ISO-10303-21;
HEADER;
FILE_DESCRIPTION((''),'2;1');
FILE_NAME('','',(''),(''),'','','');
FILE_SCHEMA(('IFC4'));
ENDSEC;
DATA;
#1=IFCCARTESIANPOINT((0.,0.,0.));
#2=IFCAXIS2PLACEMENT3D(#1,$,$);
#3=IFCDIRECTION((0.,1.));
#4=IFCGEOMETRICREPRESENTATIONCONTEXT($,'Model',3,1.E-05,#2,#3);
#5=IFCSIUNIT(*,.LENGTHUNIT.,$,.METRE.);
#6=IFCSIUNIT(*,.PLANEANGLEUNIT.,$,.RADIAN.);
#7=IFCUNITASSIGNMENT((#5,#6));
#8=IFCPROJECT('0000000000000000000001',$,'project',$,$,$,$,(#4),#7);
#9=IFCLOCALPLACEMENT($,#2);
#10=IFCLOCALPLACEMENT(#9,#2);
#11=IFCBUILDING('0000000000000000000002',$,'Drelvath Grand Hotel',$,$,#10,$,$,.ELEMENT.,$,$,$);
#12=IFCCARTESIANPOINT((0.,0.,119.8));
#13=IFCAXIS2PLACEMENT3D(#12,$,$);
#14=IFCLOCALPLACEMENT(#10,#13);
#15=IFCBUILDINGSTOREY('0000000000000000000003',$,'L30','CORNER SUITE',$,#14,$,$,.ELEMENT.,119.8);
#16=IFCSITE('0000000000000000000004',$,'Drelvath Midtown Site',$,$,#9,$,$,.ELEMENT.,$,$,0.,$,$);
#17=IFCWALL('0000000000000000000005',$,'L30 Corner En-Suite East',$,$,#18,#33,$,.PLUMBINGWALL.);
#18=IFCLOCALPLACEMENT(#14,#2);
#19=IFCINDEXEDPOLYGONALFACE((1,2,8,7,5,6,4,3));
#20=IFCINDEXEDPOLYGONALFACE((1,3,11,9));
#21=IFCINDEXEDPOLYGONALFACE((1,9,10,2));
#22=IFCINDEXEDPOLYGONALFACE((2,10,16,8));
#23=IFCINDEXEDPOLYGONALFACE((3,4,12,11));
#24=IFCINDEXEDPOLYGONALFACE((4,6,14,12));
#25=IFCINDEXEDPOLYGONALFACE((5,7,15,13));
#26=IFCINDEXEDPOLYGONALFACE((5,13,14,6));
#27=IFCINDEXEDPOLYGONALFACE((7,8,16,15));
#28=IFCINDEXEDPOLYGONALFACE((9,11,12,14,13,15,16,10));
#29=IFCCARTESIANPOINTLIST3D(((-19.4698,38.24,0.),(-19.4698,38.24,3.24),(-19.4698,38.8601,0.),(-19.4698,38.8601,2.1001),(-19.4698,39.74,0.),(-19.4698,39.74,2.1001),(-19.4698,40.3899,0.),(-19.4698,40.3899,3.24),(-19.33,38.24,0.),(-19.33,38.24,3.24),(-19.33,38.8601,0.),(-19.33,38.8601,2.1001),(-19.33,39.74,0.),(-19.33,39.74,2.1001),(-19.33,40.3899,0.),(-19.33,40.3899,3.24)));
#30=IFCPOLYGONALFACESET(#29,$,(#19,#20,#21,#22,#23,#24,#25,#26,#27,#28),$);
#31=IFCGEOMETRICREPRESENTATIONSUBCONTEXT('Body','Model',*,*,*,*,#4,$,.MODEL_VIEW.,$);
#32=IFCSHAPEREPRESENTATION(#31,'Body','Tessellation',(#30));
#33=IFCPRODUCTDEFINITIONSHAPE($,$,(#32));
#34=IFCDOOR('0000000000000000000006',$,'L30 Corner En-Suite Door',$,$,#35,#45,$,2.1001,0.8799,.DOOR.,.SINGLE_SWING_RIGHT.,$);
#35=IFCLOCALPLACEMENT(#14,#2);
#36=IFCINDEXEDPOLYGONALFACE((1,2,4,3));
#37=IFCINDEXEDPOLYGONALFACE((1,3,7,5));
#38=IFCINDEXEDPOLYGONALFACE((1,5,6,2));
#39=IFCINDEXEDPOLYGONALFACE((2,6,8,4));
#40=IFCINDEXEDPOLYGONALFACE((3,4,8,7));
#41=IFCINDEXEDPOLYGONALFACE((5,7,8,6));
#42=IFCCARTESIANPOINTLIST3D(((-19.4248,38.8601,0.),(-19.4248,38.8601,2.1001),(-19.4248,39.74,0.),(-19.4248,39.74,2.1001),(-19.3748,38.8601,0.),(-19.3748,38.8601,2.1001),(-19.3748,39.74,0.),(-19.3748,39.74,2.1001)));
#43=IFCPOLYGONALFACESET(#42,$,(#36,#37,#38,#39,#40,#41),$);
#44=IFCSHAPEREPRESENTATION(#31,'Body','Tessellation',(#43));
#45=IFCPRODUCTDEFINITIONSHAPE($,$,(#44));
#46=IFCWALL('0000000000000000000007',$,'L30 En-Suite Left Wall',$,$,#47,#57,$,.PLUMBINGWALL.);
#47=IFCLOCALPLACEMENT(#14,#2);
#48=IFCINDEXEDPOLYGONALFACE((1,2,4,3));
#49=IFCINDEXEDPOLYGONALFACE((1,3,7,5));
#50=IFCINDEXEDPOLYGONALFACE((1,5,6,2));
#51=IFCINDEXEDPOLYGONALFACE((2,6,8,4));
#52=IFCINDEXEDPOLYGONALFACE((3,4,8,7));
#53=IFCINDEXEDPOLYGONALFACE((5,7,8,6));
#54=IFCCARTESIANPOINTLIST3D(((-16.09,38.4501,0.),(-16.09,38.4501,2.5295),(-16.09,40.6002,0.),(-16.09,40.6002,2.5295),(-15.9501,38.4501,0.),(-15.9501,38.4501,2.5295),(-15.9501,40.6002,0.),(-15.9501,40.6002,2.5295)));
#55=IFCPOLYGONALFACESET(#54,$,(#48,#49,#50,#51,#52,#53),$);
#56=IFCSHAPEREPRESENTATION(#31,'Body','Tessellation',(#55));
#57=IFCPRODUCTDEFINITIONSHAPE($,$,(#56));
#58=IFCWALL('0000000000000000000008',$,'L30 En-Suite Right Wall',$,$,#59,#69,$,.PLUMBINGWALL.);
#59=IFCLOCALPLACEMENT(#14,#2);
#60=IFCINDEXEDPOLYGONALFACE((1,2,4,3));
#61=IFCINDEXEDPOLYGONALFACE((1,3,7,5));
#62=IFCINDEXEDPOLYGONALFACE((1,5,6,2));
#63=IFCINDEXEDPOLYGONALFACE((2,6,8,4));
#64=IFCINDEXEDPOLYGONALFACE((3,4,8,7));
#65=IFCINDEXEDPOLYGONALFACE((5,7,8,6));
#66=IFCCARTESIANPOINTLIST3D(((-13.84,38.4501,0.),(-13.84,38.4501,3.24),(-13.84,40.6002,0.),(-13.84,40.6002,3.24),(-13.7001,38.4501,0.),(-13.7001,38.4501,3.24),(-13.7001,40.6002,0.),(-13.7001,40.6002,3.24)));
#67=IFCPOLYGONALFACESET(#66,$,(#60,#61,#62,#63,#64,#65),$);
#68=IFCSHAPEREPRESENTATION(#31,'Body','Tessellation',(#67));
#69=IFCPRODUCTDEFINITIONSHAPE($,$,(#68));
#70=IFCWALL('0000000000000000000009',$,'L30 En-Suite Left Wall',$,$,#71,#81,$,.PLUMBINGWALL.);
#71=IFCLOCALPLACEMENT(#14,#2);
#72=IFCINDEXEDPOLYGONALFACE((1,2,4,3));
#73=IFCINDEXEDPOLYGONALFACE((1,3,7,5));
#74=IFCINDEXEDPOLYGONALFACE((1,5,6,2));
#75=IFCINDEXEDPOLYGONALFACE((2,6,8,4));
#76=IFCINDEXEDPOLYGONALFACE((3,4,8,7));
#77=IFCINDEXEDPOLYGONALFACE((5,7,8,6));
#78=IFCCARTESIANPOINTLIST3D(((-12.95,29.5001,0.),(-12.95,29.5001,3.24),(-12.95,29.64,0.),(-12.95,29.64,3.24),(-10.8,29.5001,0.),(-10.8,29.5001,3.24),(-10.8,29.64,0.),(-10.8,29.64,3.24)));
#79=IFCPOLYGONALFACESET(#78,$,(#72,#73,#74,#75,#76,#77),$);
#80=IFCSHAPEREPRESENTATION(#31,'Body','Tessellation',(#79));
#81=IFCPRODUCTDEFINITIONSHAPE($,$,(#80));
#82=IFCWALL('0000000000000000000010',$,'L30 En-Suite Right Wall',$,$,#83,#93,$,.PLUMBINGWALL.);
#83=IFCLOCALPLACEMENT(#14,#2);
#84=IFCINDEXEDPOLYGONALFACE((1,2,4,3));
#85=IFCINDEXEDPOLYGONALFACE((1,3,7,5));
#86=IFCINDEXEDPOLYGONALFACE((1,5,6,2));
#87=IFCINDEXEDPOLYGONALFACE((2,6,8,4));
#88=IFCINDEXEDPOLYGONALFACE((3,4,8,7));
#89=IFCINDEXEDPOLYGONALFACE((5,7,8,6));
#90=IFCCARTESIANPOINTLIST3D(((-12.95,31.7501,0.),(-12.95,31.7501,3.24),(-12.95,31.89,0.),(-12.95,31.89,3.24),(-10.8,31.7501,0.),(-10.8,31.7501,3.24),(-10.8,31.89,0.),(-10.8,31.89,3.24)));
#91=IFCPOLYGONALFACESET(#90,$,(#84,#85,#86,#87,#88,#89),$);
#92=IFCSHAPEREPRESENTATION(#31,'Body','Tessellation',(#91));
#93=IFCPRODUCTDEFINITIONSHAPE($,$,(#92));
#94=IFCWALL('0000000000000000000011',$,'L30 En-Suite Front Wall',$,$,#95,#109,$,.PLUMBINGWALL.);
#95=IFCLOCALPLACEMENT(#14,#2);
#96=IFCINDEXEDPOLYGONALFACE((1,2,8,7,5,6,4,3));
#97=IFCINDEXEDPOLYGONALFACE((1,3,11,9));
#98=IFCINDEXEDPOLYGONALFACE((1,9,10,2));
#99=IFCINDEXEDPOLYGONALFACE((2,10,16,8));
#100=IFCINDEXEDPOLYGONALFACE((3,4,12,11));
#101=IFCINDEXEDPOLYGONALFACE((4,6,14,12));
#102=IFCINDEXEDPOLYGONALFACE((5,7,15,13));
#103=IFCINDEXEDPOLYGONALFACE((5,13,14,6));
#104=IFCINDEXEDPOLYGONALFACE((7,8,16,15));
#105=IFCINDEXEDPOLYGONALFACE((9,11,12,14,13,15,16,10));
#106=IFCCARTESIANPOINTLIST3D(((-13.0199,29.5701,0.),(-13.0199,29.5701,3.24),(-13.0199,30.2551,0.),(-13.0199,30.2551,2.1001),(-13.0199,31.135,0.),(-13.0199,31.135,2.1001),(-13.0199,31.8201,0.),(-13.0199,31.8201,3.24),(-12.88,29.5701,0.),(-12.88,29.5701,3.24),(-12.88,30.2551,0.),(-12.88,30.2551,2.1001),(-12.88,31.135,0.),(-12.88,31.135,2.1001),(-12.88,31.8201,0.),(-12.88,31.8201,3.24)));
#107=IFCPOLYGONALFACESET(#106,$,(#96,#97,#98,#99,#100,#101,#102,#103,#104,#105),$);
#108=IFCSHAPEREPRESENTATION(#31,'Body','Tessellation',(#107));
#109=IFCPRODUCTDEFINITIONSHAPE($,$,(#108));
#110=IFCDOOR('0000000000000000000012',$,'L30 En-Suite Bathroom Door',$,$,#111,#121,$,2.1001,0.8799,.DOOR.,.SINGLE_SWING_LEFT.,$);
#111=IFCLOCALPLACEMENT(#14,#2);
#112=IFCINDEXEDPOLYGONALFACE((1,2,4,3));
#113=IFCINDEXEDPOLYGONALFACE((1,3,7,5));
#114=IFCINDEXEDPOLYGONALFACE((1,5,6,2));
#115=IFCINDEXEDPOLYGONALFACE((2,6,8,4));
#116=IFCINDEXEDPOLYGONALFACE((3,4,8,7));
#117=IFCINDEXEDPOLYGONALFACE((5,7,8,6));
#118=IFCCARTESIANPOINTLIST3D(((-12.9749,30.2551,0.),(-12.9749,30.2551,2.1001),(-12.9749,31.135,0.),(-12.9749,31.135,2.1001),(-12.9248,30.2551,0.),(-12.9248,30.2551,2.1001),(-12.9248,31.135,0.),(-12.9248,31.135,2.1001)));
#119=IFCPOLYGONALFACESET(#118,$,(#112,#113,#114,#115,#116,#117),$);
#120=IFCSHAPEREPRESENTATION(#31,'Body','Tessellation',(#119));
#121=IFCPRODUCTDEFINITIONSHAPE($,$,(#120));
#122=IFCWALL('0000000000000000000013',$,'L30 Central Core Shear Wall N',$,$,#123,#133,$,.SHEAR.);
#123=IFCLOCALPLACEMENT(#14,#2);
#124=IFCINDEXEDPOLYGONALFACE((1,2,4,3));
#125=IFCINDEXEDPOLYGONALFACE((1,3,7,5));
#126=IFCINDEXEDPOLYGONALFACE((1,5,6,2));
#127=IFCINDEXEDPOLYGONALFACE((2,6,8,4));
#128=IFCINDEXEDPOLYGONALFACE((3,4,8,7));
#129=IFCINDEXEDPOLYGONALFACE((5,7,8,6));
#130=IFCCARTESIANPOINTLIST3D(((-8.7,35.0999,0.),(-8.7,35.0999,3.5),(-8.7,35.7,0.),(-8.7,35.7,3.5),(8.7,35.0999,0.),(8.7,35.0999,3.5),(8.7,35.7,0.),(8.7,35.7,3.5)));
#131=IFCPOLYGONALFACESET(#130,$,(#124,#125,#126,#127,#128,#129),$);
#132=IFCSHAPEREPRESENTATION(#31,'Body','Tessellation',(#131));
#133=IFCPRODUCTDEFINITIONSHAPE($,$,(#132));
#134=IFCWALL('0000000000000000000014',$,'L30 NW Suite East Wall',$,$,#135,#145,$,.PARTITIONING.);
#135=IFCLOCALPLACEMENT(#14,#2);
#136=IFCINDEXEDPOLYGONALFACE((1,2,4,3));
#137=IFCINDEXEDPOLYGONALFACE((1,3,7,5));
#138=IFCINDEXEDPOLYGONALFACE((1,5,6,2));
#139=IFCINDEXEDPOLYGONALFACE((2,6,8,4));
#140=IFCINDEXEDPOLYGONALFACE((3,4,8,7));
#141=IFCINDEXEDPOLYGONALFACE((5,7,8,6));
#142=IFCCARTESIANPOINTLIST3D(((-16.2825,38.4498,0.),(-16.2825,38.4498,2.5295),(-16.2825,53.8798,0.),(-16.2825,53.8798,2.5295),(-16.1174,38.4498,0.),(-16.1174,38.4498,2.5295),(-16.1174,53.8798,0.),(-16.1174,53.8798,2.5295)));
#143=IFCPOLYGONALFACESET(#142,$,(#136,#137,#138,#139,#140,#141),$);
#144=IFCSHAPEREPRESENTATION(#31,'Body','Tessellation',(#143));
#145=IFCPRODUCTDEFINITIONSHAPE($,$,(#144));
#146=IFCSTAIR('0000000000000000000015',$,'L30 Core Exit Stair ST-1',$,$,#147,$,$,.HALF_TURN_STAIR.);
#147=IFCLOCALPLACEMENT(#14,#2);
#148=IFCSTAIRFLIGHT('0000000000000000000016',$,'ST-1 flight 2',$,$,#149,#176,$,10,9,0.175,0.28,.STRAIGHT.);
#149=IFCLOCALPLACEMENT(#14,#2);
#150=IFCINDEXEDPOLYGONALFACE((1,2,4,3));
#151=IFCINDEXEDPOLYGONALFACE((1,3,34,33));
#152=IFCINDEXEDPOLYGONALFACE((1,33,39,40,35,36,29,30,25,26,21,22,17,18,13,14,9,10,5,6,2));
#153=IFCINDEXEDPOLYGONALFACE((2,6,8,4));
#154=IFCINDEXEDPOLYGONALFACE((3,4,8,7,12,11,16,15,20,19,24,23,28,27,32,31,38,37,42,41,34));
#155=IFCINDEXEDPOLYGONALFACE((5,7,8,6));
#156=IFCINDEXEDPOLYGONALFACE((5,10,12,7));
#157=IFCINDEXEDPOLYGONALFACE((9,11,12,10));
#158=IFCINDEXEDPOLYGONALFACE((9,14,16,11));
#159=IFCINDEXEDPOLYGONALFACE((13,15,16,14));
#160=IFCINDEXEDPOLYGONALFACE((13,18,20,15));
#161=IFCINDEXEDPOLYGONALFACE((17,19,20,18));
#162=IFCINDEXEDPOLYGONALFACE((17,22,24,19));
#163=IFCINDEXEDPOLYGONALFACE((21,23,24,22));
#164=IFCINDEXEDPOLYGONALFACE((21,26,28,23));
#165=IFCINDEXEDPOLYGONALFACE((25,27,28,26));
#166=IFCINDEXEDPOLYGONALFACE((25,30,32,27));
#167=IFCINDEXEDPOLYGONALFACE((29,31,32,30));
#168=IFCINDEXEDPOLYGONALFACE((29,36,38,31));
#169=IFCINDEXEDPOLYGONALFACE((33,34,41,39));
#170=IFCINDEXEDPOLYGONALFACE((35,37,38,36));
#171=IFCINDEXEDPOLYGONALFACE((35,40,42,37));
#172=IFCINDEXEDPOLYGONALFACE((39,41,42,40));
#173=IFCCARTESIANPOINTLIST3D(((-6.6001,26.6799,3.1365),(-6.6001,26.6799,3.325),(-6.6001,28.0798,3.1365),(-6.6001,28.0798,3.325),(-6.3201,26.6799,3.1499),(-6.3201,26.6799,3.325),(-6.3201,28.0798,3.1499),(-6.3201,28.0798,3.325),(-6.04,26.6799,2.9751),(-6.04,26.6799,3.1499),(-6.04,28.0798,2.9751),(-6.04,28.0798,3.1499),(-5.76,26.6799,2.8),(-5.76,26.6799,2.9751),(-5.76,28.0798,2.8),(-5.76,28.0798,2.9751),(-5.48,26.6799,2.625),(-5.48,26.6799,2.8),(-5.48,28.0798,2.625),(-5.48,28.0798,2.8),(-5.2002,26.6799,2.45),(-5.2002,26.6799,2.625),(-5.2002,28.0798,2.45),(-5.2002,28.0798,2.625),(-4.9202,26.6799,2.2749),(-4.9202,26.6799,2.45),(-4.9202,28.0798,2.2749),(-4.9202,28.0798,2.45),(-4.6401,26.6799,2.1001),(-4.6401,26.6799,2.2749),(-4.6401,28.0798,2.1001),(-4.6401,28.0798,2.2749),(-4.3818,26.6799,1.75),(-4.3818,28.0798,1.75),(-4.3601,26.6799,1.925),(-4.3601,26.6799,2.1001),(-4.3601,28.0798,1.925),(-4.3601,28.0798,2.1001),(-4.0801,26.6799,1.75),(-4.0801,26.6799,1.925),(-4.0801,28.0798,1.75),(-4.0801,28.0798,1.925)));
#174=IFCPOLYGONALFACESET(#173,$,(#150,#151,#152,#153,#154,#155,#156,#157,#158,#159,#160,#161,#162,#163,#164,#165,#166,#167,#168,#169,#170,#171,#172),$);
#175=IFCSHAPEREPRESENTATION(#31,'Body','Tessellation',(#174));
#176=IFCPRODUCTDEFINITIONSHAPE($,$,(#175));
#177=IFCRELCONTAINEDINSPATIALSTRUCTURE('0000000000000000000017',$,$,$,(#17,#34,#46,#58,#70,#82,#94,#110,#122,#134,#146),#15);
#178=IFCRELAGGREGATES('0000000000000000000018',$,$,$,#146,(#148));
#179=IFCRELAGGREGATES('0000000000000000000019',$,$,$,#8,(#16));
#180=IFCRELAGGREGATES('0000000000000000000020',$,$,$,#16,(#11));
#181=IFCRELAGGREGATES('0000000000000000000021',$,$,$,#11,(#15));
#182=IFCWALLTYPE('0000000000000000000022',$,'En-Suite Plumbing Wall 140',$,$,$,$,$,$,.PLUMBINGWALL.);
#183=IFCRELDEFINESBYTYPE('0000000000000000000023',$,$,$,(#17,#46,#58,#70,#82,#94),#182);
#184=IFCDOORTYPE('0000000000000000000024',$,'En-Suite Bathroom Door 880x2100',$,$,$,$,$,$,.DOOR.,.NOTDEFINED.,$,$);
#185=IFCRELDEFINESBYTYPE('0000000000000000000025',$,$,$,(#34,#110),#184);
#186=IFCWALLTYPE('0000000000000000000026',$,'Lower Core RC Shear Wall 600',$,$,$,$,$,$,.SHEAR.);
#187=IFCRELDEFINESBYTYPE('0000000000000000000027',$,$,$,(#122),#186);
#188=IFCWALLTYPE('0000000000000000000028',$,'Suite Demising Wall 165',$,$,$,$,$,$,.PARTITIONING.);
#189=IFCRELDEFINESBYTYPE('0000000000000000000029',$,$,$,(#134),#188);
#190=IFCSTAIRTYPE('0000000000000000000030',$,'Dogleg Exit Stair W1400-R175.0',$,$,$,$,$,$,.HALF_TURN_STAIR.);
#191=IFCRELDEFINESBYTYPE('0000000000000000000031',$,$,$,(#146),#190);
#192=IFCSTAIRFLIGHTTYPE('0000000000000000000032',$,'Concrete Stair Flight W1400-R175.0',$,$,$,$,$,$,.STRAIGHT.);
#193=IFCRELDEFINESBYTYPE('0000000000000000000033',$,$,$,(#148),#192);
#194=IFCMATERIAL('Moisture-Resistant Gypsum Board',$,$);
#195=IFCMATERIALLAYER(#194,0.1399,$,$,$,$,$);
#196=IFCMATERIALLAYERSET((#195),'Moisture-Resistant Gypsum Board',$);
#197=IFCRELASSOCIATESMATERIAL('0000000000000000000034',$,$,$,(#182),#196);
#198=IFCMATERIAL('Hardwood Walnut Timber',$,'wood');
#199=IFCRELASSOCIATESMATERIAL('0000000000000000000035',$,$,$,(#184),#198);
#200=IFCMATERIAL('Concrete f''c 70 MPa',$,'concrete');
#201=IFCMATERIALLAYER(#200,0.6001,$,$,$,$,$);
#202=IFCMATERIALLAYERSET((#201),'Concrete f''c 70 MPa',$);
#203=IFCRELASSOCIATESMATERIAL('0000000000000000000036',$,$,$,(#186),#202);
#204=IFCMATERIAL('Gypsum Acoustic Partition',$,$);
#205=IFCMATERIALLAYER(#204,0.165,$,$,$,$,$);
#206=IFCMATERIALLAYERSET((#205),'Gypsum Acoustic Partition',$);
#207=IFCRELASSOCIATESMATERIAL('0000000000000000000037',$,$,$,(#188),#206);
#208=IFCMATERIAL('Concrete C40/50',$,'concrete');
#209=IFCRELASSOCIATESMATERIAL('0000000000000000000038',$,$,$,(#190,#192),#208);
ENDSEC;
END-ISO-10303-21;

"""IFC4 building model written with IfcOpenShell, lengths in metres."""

from ifc_helpers import new_model, si_unit, direction, frame, frame_2d, origin, place, context, subcontext, project, spatial, polyline, rectangle, outline, extrude, material, layer, layer_set, type_object, element, fill, aggregate, save


model = new_model("IFC4")

# Units and contexts
model_context = context("Model", 3, precision=1e-05, world=origin(), true_north=direction((0.0, 1.0)))
body_context = subcontext(model_context, "Body", "Model", "MODEL_VIEW")
ifc_project = project(units=[si_unit("LENGTHUNIT", "METRE"), si_unit("PLANEANGLEUNIT", "RADIAN")], contexts=[model_context])

# Site, building, storey
site_placement = place(None, origin())
site = spatial("IfcSite", under=ifc_project, at=site_placement, Name="Drelvath Midtown Site", CompositionType="ELEMENT", RefElevation=0.0)
building_placement = place(site_placement, origin())
building = spatial("IfcBuilding", under=site, at=building_placement, Name="Drelvath Grand Hotel", CompositionType="ELEMENT")
storey_placement = place(building_placement, frame((0.0, 0.0, 119.8)))
storey = spatial("IfcBuildingStorey", under=building, at=storey_placement, Name="L30", Description="CORNER SUITE", CompositionType="ELEMENT", Elevation=119.8)

# Shared definitions
ifc_material_1 = material(Name="Concrete f'c 70 MPa", Category="concrete")

# Shared definitions
ifc_material_2 = material(Name="Concrete C40/50", Category="concrete")

# Shared definitions
ifc_material_3 = material(Name="Hardwood Walnut Timber", Category="wood")

# Wall, opening, door
ifc_material_4 = material(Name="Moisture-Resistant Gypsum Board")
ifc_layer_1 = layer(ifc_material_4, 0.1399)
ifc_layer_set_1 = layer_set([ifc_layer_1], Name="Moisture-Resistant Gypsum Board")
wall_type_1 = type_object("IfcWallType", Name="En-Suite Plumbing Wall 140", PredefinedType="PLUMBINGWALL", material=ifc_layer_set_1)
wall_1_placement = place(storey_placement, frame((-19.3999, 38.24, 0.0), z_axis=(0.0, 0.0, 1.0), x_axis=(0.0, 1.0, 0.0)))
wall_1 = element("IfcWall", 1, at=wall_1_placement, inside=storey, type_object=wall_type_1, Name="L30 Corner En-Suite East", PredefinedType="PLUMBINGWALL", context=body_context, shape_type="SweptSolid", body=[
    extrude(rectangle(XDim=2.1499, YDim=0.1399, at=frame_2d((1.075, 0.0))), origin(), (0.0, 0.0, 1.0), 3.24),
])
opening_1_placement = place(wall_1_placement, frame((0.6201, 0.0, 0.0)))
opening_1 = element("IfcOpeningElement", 2, at=opening_1_placement, cuts=wall_1, PredefinedType="OPENING", context=body_context, shape_type="SweptSolid", body=[
    extrude(rectangle(XDim=0.8799, YDim=2.1001, at=frame_2d((0.4399, 1.05))), frame((0.0, 0.0798, 0.0), z_axis=(0.0, -1.0, 0.0), x_axis=(1.0, 0.0, 0.0)), (0.0, 0.0, 1.0), 0.1599),
])
door_type_1 = type_object("IfcDoorType", Name="En-Suite Bathroom Door 880x2100", OperationType="NOTDEFINED", PredefinedType="DOOR", material=ifc_material_3)
door_1_placement = place(opening_1_placement, origin())
door_1 = element("IfcDoor", 3, at=door_1_placement, inside=storey, type_object=door_type_1, Name="L30 Corner En-Suite Door", OperationType="SINGLE_SWING_RIGHT", OverallHeight=2.1001, OverallWidth=0.8799, PredefinedType="DOOR", context=body_context, shape_type="SweptSolid", body=[
    extrude(rectangle(XDim=0.8799, YDim=2.1001, at=frame_2d((0.4399, 1.05))), frame((0.0, 0.0249, 0.0), z_axis=(0.0, -1.0, 0.0), x_axis=(1.0, 0.0, 0.0)), (0.0, 0.0, 1.0), 0.05),
])
fill(opening_1, door_1)

# Walls
wall_2_placement = place(storey_placement, frame((-16.02, 38.45, 0.0), z_axis=(0.0, 0.0, 1.0), x_axis=(0.0, 1.0, 0.0)))
element("IfcWall", 4, at=wall_2_placement, inside=storey, type_object=wall_type_1, Name="L30 En-Suite Left Wall", PredefinedType="PLUMBINGWALL", context=body_context, shape_type="SweptSolid", body=[
    extrude(rectangle(XDim=2.1501, YDim=0.1399, at=frame_2d((1.0752, 0.0))), origin(), (0.0, 0.0, 1.0), 2.5295),
])
wall_3_placement = place(storey_placement, frame((-13.77, 38.45, 0.0), z_axis=(0.0, 0.0, 1.0), x_axis=(0.0, 1.0, 0.0)))
element("IfcWall", 5, at=wall_3_placement, inside=storey, type_object=wall_type_1, Name="L30 En-Suite Right Wall", PredefinedType="PLUMBINGWALL", context=body_context, shape_type="SweptSolid", body=[
    extrude(rectangle(XDim=2.1501, YDim=0.1399, at=frame_2d((1.0752, 0.0))), origin(), (0.0, 0.0, 1.0), 3.24),
])
for number, where, z_axis, x_axis, name in (
    (6, (-10.8, 29.5701, 0.0), (0.0, 0.0, 1.0), (-1.0, 0.0, 0.0), "L30 En-Suite Left Wall"),
    (7, (-10.8, 31.8201, 0.0), (0.0, 0.0, 1.0), (-1.0, 0.0, 0.0), "L30 En-Suite Right Wall"),
):
    element("IfcWall", number, at=place(storey_placement, frame(where, z_axis=z_axis, x_axis=x_axis)), inside=storey, type_object=wall_type_1, Name=name, PredefinedType="PLUMBINGWALL", context=body_context, shape_type="SweptSolid", body=[
        extrude(rectangle(XDim=2.1499, YDim=0.1399, at=frame_2d((1.075, 0.0))), origin(), (0.0, 0.0, 1.0), 3.24),
    ])

# Wall, opening, door
wall_4_placement = place(storey_placement, frame((-12.95, 29.5701, 0.0), z_axis=(0.0, 0.0, 1.0), x_axis=(0.0, 1.0, 0.0)))
wall_4 = element("IfcWall", 8, at=wall_4_placement, inside=storey, type_object=wall_type_1, Name="L30 En-Suite Front Wall", PredefinedType="PLUMBINGWALL", context=body_context, shape_type="SweptSolid", body=[
    extrude(rectangle(XDim=2.25, YDim=0.1399, at=frame_2d((1.125, 0.0))), origin(), (0.0, 0.0, 1.0), 3.24),
])
opening_2_placement = place(wall_4_placement, frame((0.6851, 0.0, 0.0)))
opening_2 = element("IfcOpeningElement", 9, at=opening_2_placement, cuts=wall_4, PredefinedType="OPENING", context=body_context, shape_type="SweptSolid", body=[
    extrude(rectangle(XDim=0.8799, YDim=2.1001, at=frame_2d((0.4399, 1.05))), frame((0.0, 0.0798, 0.0), z_axis=(0.0, -1.0, 0.0), x_axis=(1.0, 0.0, 0.0)), (0.0, 0.0, 1.0), 0.1599),
])
door_2_placement = place(opening_2_placement, origin())
door_2 = element("IfcDoor", 10, at=door_2_placement, inside=storey, type_object=door_type_1, Name="L30 En-Suite Bathroom Door", OperationType="SINGLE_SWING_LEFT", OverallHeight=2.1001, OverallWidth=0.8799, PredefinedType="DOOR", context=body_context, shape_type="SweptSolid", body=[
    extrude(rectangle(XDim=0.8799, YDim=2.1001, at=frame_2d((0.4399, 1.05))), frame((0.0, 0.0249, 0.0), z_axis=(0.0, -1.0, 0.0), x_axis=(1.0, 0.0, 0.0)), (0.0, 0.0, 1.0), 0.05),
])
fill(opening_2, door_2)

# Walls
ifc_layer_2 = layer(ifc_material_1, 0.6001)
ifc_layer_set_2 = layer_set([ifc_layer_2], Name="Concrete f'c 70 MPa")
wall_type_2 = type_object("IfcWallType", Name="Lower Core RC Shear Wall 600", PredefinedType="SHEAR", material=ifc_layer_set_2)
wall_5_placement = place(storey_placement, frame((-8.7, 35.3999, 0.0), z_axis=(0.0, 0.0, 1.0), x_axis=(1.0, 0.0, 0.0)))
element("IfcWall", 11, at=wall_5_placement, inside=storey, type_object=wall_type_2, Name="L30 Central Core Shear Wall N", PredefinedType="SHEAR", context=body_context, shape_type="SweptSolid", body=[
    extrude(rectangle(XDim=17.3999, YDim=0.6001, at=frame_2d((8.7, 0.0))), origin(), (0.0, 0.0, 1.0), 3.5),
])
ifc_material_5 = material(Name="Gypsum Acoustic Partition")
ifc_layer_3 = layer(ifc_material_5, 0.165)
ifc_layer_set_3 = layer_set([ifc_layer_3], Name="Gypsum Acoustic Partition")
wall_type_3 = type_object("IfcWallType", Name="Suite Demising Wall 165", PredefinedType="PARTITIONING", material=ifc_layer_set_3)
wall_6_placement = place(storey_placement, frame((-16.2, 38.45, 0.0), z_axis=(0.0, 0.0, 1.0), x_axis=(0.0, 1.0, 0.0)))
element("IfcWall", 12, at=wall_6_placement, inside=storey, type_object=wall_type_3, Name="L30 NW Suite East Wall", PredefinedType="PARTITIONING", context=body_context, shape_type="SweptSolid", body=[
    extrude(rectangle(XDim=15.4299, YDim=0.165, at=frame_2d((7.7148, 0.0))), origin(), (0.0, 0.0, 1.0), 2.5295),
])

# Stair, stair flight
stair_type = type_object("IfcStairType", Name="Dogleg Exit Stair W1400-R175.0", PredefinedType="HALF_TURN_STAIR", material=ifc_material_2)
stair_placement = place(storey_placement, origin())
stair = element("IfcStair", 13, at=stair_placement, inside=storey, type_object=stair_type, Name="L30 Core Exit Stair ST-1", PredefinedType="HALF_TURN_STAIR")
stair_flight_type = type_object("IfcStairFlightType", Name="Concrete Stair Flight W1400-R175.0", PredefinedType="STRAIGHT", material=ifc_material_2)
stair_flight_placement = place(storey_placement, frame((-4.0801, 27.3799, 1.75), z_axis=(0.0, 0.0, 1.0), x_axis=(-1.0, 0.0, 0.0)))
stair_flight = element("IfcStairFlight", 14, at=stair_flight_placement, type_object=stair_flight_type, Name="ST-1 flight 2", NumberOfRisers=10, NumberOfTreads=9, PredefinedType="STRAIGHT", RiserHeight=0.175, TreadLength=0.28, context=body_context, shape_type="SweptSolid", body=[
    extrude(outline(polyline([(0.0, 0.0), (0.0, 0.175), (0.28, 0.175), (0.28, 0.3501), (0.5601, 0.3501), (0.5601, 0.5249), (0.8401, 0.5249), (0.8401, 0.7), (1.1201, 0.7), (1.1201, 0.875), (1.3999, 0.875), (1.3999, 1.05), (1.6799, 1.05), (1.6799, 1.2251), (1.96, 1.2251), (1.96, 1.3999), (2.24, 1.3999), (2.24, 1.575), (2.52, 1.575), (2.52, 1.75), (2.52, 1.3865), (0.3018, 0.0), (0.0, 0.0)])), frame((0.0, 0.7, 0.0), z_axis=(0.0, -1.0, 0.0), x_axis=(1.0, 0.0, 0.0)), (0.0, 0.0, 1.0), 1.3999),
])
aggregate(stair, [stair_flight])

save(model, "model.ifc")
